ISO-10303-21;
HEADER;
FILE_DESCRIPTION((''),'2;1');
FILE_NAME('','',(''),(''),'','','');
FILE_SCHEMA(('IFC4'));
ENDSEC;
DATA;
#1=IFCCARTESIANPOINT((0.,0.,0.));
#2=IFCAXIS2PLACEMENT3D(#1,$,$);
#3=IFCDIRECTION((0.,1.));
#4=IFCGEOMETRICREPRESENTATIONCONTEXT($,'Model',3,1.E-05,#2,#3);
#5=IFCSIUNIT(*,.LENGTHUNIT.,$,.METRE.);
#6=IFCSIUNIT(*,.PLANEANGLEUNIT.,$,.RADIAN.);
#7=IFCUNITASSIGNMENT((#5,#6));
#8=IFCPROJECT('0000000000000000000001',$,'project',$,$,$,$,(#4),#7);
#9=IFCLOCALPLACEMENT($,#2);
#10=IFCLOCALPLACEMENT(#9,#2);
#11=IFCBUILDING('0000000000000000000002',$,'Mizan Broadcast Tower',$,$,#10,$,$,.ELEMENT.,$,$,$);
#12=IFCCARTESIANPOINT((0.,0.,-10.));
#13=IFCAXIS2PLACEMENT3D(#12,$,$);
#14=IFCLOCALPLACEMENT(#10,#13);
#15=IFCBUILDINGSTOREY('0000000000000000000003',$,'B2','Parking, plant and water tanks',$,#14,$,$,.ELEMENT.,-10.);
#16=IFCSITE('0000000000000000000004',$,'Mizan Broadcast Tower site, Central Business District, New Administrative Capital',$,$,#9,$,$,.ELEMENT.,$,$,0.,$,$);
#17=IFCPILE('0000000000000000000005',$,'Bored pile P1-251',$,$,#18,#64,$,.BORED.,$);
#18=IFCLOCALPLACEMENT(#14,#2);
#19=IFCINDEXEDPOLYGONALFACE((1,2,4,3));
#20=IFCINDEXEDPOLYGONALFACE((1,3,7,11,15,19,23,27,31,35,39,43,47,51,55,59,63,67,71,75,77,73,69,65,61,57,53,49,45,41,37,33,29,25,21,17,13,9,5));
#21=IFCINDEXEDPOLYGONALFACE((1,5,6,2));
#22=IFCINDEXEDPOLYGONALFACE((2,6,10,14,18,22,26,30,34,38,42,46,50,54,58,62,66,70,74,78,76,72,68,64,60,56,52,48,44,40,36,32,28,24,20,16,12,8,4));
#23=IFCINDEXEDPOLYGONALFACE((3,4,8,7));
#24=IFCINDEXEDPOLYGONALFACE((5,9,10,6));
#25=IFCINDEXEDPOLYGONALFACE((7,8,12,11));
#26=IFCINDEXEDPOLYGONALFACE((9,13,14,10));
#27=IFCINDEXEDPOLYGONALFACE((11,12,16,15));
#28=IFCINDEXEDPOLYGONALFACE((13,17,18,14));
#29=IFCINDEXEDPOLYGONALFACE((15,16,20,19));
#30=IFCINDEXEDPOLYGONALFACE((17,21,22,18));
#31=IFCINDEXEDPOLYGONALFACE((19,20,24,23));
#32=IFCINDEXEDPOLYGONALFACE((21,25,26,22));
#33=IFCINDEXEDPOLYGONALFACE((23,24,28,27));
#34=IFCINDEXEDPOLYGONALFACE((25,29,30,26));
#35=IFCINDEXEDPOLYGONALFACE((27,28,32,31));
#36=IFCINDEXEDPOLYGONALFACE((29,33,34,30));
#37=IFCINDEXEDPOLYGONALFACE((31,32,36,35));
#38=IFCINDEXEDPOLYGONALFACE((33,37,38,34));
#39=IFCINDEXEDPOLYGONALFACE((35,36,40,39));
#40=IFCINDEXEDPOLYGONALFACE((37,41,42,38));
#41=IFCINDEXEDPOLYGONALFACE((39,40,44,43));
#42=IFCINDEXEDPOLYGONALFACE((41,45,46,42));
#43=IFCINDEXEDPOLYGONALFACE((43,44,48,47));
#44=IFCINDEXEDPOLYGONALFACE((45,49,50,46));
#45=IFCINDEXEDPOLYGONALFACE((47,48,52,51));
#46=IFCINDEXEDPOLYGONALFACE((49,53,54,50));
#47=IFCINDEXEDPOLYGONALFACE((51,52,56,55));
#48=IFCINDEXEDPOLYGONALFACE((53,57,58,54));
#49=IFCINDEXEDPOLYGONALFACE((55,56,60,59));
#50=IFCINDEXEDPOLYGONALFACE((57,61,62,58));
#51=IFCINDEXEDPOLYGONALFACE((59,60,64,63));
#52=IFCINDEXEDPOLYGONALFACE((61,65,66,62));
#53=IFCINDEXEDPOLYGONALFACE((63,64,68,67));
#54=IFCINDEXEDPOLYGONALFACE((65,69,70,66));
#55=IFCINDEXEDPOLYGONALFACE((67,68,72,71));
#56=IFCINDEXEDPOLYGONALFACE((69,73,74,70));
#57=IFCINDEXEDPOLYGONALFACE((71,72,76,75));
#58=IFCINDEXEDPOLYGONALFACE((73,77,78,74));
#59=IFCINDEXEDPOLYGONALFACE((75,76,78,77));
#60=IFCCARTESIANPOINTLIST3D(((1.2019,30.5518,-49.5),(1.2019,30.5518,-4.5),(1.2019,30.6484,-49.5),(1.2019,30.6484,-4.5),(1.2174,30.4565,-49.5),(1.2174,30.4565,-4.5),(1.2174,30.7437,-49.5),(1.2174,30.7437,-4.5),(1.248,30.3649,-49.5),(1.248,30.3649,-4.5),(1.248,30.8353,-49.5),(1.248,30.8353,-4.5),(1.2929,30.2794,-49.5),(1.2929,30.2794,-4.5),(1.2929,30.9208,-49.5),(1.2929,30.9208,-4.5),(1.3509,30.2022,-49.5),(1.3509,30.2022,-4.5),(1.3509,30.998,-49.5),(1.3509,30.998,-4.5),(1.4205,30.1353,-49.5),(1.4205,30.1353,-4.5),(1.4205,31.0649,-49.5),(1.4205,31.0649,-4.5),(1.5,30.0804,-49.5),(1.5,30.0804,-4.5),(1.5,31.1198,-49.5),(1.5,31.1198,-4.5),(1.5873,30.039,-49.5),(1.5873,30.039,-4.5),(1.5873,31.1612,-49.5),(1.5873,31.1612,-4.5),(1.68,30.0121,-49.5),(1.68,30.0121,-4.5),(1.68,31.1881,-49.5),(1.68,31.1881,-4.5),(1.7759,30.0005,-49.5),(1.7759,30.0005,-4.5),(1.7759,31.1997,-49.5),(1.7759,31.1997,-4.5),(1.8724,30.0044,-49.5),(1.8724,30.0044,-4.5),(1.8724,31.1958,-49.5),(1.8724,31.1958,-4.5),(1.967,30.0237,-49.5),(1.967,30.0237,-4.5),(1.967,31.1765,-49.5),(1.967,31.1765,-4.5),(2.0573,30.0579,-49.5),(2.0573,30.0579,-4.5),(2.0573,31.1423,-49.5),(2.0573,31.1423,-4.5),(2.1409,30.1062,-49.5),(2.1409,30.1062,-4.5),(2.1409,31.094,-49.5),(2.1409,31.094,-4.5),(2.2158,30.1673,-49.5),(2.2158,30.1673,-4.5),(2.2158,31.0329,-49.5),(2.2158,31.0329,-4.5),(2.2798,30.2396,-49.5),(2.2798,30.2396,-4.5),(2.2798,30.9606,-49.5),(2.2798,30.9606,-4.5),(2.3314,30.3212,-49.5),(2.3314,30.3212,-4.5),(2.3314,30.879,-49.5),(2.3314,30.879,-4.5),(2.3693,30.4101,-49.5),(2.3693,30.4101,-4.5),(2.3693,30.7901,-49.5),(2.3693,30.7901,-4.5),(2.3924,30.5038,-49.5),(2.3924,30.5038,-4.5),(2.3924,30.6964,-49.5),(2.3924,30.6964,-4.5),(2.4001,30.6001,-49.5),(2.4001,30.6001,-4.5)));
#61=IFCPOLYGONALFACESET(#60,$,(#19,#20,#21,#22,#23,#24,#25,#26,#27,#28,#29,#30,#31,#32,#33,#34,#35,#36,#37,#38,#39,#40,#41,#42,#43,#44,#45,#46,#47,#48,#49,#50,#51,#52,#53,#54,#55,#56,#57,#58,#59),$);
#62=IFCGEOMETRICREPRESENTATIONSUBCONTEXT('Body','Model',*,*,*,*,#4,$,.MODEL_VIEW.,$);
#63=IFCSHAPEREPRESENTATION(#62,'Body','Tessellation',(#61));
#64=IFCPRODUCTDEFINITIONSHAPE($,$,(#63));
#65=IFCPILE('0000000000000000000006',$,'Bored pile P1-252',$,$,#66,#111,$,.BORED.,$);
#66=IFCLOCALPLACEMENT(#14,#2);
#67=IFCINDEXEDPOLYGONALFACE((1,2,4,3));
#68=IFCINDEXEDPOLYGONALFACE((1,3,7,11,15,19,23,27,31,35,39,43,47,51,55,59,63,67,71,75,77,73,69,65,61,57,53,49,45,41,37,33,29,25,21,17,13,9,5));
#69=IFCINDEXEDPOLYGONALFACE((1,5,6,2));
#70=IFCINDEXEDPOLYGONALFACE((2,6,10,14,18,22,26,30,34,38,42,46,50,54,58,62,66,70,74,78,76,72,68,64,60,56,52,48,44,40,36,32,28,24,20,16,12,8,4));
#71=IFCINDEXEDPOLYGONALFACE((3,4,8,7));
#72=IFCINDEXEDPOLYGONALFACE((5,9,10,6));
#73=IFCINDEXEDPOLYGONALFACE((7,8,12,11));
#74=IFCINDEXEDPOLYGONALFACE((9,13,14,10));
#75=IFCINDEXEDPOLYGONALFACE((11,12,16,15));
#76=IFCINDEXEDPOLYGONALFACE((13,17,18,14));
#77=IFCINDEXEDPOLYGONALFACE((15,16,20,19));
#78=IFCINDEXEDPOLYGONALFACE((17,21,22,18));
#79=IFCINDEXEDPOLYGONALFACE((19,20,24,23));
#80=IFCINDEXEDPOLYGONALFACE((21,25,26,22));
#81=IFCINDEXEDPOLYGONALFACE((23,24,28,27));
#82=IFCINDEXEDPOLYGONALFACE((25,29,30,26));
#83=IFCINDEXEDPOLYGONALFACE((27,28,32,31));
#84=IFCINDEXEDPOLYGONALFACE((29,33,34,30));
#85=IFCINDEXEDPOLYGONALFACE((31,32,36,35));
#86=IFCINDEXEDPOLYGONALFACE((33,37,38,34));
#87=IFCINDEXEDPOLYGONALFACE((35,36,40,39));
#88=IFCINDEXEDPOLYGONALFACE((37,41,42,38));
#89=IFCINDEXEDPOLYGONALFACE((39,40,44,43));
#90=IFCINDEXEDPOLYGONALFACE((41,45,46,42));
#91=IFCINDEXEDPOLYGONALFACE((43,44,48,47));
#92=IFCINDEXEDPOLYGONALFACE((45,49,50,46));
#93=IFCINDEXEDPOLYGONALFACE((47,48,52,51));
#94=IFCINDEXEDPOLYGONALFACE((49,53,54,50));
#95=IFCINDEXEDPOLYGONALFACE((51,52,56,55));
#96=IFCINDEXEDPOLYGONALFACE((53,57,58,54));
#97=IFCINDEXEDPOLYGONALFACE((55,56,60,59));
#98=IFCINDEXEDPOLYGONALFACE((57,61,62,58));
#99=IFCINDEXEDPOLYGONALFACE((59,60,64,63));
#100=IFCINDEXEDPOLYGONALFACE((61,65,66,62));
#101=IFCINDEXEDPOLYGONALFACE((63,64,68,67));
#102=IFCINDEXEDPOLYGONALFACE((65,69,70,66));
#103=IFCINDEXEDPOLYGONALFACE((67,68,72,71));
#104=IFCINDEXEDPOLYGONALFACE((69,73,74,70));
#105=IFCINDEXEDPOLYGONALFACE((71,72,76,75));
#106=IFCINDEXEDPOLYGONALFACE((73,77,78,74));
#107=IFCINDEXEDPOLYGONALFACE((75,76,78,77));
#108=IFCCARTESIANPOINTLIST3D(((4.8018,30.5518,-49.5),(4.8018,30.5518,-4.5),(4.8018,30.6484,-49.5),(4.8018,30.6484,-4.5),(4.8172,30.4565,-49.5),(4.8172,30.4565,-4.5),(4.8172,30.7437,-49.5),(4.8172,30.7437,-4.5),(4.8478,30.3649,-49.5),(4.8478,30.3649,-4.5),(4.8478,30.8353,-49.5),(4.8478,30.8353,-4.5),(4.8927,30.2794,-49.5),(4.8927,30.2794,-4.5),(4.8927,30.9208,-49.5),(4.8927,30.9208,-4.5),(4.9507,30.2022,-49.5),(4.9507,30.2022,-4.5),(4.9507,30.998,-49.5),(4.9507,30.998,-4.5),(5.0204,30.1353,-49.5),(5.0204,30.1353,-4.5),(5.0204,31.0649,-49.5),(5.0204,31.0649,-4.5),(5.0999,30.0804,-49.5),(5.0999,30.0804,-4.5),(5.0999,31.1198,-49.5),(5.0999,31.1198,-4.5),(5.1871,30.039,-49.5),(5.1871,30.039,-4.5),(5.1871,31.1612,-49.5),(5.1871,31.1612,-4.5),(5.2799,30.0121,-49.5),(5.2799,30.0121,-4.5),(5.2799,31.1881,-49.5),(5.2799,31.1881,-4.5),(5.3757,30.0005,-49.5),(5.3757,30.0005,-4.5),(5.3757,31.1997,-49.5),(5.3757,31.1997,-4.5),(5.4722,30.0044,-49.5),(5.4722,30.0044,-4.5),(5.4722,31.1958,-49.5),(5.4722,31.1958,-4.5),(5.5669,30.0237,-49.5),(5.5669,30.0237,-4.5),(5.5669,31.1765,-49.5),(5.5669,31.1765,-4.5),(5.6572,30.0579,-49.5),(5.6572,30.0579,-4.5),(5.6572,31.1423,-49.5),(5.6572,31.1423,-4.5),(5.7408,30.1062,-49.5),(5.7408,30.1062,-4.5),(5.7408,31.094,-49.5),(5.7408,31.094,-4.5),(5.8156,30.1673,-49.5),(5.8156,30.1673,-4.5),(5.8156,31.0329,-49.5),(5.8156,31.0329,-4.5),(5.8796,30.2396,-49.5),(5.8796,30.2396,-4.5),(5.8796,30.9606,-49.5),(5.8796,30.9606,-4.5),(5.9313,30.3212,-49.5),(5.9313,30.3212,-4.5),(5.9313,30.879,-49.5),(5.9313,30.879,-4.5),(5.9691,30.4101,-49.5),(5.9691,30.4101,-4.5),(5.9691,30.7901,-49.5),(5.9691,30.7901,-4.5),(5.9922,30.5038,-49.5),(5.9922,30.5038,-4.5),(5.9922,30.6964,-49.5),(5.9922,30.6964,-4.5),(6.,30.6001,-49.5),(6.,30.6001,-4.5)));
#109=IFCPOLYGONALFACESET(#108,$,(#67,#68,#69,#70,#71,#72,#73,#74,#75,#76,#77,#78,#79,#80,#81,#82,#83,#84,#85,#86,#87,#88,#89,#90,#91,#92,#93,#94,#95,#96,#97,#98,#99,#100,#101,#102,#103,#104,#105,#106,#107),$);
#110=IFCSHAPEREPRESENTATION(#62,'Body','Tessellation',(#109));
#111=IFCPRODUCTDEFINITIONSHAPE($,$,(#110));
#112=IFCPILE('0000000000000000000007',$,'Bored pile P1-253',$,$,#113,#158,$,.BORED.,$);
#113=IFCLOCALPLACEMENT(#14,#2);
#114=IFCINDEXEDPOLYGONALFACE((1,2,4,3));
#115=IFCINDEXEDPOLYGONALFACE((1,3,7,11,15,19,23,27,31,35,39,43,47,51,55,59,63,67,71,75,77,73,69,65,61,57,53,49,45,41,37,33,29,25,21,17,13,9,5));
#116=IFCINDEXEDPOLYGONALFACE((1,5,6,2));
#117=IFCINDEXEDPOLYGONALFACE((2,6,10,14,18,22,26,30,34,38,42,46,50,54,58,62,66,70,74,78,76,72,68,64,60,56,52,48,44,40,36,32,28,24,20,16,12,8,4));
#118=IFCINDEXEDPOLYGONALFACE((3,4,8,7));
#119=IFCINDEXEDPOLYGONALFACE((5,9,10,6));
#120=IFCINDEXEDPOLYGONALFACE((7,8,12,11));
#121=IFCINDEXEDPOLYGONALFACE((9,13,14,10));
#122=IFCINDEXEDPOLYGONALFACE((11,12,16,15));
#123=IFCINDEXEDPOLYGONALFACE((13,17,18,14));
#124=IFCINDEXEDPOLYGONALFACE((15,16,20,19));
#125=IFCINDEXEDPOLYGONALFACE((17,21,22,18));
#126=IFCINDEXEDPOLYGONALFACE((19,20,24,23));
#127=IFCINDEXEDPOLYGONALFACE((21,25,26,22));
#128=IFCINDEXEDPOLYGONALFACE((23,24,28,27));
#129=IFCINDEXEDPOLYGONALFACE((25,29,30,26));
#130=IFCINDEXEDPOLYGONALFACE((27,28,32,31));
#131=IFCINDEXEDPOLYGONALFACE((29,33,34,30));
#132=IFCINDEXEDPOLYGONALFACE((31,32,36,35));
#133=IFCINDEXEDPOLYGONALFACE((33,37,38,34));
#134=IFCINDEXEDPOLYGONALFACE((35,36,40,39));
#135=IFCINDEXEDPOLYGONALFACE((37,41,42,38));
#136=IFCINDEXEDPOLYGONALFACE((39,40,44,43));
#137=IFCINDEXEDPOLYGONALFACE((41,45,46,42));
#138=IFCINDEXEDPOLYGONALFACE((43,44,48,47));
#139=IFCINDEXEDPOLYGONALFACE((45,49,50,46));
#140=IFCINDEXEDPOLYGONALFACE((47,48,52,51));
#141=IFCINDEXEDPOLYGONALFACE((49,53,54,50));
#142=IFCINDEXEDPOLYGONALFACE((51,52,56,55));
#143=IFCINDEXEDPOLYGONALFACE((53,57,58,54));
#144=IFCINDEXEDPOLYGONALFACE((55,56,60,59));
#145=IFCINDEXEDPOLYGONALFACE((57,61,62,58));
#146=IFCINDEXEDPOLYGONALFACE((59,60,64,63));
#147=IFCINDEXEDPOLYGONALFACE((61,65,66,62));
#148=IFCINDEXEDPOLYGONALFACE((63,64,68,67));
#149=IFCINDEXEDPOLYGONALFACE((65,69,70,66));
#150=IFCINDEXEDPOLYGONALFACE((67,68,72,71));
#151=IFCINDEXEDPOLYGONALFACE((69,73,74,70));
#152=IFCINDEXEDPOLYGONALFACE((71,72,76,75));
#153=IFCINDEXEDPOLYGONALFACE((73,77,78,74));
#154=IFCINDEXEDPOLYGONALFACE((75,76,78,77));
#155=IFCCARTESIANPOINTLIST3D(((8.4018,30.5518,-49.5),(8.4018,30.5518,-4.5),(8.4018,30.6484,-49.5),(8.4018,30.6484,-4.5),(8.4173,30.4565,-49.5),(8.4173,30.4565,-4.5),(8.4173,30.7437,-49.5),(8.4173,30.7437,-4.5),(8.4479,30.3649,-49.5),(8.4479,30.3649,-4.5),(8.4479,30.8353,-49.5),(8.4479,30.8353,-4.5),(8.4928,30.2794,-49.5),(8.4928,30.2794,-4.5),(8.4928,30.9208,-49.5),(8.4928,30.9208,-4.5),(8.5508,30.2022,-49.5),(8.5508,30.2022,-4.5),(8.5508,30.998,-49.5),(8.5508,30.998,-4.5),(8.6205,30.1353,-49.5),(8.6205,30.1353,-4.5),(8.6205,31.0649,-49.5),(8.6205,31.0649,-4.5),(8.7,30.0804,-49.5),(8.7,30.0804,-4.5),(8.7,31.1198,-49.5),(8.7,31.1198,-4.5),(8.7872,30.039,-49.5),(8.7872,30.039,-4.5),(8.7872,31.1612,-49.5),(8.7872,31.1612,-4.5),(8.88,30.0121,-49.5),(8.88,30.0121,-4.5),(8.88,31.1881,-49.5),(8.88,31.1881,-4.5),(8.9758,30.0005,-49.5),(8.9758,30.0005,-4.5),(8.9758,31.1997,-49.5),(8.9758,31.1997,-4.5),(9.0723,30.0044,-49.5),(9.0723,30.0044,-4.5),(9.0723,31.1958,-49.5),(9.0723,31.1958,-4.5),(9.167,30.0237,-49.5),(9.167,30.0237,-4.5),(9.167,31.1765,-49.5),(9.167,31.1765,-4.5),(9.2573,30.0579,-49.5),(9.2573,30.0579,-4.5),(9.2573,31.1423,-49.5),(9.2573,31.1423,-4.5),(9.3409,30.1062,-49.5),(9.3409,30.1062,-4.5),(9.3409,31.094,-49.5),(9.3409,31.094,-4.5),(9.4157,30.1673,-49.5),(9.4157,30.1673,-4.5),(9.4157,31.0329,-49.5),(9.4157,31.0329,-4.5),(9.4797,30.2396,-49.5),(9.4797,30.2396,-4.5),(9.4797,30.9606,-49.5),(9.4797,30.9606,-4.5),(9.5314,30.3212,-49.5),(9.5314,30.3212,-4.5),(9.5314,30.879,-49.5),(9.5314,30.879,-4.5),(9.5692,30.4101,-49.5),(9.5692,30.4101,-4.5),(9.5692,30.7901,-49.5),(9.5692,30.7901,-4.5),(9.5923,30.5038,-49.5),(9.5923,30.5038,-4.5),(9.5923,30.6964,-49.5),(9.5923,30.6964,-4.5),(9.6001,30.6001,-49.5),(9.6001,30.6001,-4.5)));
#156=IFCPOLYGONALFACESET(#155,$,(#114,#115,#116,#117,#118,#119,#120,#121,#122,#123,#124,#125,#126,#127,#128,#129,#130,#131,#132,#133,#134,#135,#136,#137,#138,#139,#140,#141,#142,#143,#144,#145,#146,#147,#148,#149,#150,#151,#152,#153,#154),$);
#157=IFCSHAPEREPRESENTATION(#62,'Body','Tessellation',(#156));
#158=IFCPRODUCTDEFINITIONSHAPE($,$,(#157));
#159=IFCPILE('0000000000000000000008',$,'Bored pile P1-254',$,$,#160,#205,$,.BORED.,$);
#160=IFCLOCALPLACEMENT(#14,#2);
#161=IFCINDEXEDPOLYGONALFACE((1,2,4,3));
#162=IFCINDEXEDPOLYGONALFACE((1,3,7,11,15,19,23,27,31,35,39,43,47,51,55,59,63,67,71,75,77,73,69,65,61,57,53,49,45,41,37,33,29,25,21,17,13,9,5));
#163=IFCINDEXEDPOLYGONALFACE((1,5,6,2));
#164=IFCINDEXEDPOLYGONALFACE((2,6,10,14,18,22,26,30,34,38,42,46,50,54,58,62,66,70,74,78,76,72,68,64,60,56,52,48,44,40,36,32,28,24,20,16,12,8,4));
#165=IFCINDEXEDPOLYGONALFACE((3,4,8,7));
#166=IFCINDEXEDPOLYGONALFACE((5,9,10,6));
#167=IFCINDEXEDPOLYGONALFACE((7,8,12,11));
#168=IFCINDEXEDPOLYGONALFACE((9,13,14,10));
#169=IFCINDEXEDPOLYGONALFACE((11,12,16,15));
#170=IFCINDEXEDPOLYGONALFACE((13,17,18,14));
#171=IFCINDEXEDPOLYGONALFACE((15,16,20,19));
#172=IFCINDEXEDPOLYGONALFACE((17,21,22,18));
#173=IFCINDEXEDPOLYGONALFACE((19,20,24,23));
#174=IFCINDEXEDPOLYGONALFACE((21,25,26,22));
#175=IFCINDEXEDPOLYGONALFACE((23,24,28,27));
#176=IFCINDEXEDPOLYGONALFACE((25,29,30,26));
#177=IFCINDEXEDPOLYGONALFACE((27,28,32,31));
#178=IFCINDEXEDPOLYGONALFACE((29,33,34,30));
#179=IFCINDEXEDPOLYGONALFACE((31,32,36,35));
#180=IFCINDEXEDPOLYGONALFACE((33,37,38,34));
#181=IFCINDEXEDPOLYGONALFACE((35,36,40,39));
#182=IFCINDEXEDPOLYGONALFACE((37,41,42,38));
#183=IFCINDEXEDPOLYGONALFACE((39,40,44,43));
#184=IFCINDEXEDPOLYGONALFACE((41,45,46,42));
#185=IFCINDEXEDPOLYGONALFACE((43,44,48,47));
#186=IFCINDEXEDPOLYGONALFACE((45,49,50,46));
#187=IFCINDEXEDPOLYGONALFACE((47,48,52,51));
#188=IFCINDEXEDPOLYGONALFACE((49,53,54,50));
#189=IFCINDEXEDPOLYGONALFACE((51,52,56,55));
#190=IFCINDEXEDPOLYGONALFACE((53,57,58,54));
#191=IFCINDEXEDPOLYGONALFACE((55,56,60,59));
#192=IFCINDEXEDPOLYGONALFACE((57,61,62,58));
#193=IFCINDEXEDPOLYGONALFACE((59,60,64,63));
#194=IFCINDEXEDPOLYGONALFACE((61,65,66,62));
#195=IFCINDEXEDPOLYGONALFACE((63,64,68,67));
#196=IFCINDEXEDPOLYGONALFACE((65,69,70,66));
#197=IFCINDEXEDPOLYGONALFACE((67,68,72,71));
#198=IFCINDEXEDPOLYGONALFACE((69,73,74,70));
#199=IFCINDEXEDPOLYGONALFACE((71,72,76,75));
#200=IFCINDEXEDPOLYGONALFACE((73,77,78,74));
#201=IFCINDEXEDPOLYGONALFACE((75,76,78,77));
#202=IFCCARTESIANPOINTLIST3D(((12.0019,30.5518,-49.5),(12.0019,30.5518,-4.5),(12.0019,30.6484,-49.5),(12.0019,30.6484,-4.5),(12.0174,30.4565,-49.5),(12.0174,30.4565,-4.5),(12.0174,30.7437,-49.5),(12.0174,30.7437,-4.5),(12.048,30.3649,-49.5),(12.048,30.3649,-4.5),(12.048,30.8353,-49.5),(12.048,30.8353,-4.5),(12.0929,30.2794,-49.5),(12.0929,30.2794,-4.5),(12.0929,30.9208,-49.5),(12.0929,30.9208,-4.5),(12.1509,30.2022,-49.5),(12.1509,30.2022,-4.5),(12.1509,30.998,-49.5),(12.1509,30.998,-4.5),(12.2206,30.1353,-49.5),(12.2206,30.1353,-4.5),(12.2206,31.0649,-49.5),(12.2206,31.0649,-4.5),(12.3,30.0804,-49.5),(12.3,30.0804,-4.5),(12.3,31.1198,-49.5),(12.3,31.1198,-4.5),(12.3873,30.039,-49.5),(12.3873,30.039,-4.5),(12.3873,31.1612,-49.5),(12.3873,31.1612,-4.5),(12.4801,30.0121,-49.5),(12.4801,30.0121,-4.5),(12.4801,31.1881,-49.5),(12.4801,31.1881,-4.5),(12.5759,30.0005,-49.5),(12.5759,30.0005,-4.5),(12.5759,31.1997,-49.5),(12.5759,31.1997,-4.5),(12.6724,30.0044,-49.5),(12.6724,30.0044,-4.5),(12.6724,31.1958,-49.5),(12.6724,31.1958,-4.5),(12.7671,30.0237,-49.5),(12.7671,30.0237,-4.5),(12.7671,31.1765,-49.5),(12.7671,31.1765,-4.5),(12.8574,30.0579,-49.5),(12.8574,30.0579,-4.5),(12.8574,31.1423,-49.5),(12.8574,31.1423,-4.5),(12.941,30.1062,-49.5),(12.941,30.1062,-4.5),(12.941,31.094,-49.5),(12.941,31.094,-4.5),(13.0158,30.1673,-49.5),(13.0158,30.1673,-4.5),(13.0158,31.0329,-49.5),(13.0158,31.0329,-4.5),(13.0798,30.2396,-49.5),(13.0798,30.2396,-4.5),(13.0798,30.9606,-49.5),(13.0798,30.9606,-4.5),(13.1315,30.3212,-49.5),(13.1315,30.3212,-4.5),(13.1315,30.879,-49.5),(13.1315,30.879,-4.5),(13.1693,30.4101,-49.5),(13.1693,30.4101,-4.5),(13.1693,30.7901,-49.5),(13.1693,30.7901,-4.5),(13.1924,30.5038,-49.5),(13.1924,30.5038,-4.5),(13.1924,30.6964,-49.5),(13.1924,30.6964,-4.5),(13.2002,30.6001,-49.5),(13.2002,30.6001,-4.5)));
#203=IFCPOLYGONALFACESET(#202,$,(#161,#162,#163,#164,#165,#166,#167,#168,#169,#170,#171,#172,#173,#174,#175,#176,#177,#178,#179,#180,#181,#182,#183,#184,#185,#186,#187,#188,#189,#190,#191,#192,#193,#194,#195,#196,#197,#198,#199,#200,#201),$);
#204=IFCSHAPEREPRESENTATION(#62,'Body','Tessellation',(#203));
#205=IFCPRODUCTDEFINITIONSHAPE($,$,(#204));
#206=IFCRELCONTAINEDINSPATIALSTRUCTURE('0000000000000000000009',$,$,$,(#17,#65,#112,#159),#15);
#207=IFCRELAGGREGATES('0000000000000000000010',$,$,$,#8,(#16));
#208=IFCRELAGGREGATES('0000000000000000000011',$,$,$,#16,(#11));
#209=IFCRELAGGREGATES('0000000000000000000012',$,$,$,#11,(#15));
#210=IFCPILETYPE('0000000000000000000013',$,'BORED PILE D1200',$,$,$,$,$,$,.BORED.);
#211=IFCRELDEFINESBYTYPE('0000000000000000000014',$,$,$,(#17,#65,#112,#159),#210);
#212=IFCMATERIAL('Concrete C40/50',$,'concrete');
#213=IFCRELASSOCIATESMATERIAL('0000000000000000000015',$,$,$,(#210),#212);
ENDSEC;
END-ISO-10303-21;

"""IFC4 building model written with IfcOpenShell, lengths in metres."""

from ifc_helpers import new_model, si_unit, direction, frame, origin, origin_2d, place, context, subcontext, project, spatial, circle, extrude, material, material_profile, profile_set, type_object, element, save


model = new_model("IFC4")

# Units and contexts
model_context = context("Model", 3, precision=1e-05, world=origin(), true_north=direction((0.0, 1.0)))
body_context = subcontext(model_context, "Body", "Model", "MODEL_VIEW")
ifc_project = project(units=[si_unit("LENGTHUNIT", "METRE"), si_unit("PLANEANGLEUNIT", "RADIAN")], contexts=[model_context])

# Site, building, storey
site_placement = place(None, origin())
site = spatial("IfcSite", under=ifc_project, at=site_placement, Name="Mizan Broadcast Tower site, Central Business District, New Administrative Capital", CompositionType="ELEMENT", RefElevation=0.0)
building_placement = place(site_placement, origin())
building = spatial("IfcBuilding", under=site, at=building_placement, Name="Mizan Broadcast Tower", CompositionType="ELEMENT")
storey_placement = place(building_placement, frame((0.0, 0.0, -10.0)))
storey = spatial("IfcBuildingStorey", under=building, at=storey_placement, Name="B2", Description="Parking, plant and water tanks", CompositionType="ELEMENT", Elevation=-10.0)

# Piles
ifc_material_1 = material(Name="Concrete C40/50", Category="concrete")
ifc_material_profile_1 = material_profile(ifc_material_1, circle(Radius=0.6001, at=origin_2d()), Name="D1200")
ifc_profile_set_1 = profile_set([ifc_material_profile_1], Name="Concrete C40/50")
pile_type_1 = type_object("IfcPileType", Name="BORED PILE D1200", PredefinedType="BORED", material=ifc_profile_set_1)
for number, where, z_axis, x_axis, name in (
    (1, (1.8, 30.6001, -4.5), (0.0, 0.0, -1.0), (1.0, 0.0, 0.0), "Bored pile P1-251"),
    (2, (5.3999, 30.6001, -4.5), (0.0, 0.0, -1.0), (1.0, 0.0, 0.0), "Bored pile P1-252"),
    (3, (9.0, 30.6001, -4.5), (0.0, 0.0, -1.0), (1.0, 0.0, 0.0), "Bored pile P1-253"),
    (4, (12.6001, 30.6001, -4.5), (0.0, 0.0, -1.0), (1.0, 0.0, 0.0), "Bored pile P1-254"),
):
    element("IfcPile", number, at=place(storey_placement, frame(where, z_axis=z_axis, x_axis=x_axis)), inside=storey, type_object=pile_type_1, Name=name, PredefinedType="BORED", context=body_context, shape_type="SweptSolid", body=[
        extrude(circle(Radius=0.6001, at=origin_2d()), origin(), (0.0, 0.0, 1.0), 45.0),
    ])

save(model, "model.ifc")
